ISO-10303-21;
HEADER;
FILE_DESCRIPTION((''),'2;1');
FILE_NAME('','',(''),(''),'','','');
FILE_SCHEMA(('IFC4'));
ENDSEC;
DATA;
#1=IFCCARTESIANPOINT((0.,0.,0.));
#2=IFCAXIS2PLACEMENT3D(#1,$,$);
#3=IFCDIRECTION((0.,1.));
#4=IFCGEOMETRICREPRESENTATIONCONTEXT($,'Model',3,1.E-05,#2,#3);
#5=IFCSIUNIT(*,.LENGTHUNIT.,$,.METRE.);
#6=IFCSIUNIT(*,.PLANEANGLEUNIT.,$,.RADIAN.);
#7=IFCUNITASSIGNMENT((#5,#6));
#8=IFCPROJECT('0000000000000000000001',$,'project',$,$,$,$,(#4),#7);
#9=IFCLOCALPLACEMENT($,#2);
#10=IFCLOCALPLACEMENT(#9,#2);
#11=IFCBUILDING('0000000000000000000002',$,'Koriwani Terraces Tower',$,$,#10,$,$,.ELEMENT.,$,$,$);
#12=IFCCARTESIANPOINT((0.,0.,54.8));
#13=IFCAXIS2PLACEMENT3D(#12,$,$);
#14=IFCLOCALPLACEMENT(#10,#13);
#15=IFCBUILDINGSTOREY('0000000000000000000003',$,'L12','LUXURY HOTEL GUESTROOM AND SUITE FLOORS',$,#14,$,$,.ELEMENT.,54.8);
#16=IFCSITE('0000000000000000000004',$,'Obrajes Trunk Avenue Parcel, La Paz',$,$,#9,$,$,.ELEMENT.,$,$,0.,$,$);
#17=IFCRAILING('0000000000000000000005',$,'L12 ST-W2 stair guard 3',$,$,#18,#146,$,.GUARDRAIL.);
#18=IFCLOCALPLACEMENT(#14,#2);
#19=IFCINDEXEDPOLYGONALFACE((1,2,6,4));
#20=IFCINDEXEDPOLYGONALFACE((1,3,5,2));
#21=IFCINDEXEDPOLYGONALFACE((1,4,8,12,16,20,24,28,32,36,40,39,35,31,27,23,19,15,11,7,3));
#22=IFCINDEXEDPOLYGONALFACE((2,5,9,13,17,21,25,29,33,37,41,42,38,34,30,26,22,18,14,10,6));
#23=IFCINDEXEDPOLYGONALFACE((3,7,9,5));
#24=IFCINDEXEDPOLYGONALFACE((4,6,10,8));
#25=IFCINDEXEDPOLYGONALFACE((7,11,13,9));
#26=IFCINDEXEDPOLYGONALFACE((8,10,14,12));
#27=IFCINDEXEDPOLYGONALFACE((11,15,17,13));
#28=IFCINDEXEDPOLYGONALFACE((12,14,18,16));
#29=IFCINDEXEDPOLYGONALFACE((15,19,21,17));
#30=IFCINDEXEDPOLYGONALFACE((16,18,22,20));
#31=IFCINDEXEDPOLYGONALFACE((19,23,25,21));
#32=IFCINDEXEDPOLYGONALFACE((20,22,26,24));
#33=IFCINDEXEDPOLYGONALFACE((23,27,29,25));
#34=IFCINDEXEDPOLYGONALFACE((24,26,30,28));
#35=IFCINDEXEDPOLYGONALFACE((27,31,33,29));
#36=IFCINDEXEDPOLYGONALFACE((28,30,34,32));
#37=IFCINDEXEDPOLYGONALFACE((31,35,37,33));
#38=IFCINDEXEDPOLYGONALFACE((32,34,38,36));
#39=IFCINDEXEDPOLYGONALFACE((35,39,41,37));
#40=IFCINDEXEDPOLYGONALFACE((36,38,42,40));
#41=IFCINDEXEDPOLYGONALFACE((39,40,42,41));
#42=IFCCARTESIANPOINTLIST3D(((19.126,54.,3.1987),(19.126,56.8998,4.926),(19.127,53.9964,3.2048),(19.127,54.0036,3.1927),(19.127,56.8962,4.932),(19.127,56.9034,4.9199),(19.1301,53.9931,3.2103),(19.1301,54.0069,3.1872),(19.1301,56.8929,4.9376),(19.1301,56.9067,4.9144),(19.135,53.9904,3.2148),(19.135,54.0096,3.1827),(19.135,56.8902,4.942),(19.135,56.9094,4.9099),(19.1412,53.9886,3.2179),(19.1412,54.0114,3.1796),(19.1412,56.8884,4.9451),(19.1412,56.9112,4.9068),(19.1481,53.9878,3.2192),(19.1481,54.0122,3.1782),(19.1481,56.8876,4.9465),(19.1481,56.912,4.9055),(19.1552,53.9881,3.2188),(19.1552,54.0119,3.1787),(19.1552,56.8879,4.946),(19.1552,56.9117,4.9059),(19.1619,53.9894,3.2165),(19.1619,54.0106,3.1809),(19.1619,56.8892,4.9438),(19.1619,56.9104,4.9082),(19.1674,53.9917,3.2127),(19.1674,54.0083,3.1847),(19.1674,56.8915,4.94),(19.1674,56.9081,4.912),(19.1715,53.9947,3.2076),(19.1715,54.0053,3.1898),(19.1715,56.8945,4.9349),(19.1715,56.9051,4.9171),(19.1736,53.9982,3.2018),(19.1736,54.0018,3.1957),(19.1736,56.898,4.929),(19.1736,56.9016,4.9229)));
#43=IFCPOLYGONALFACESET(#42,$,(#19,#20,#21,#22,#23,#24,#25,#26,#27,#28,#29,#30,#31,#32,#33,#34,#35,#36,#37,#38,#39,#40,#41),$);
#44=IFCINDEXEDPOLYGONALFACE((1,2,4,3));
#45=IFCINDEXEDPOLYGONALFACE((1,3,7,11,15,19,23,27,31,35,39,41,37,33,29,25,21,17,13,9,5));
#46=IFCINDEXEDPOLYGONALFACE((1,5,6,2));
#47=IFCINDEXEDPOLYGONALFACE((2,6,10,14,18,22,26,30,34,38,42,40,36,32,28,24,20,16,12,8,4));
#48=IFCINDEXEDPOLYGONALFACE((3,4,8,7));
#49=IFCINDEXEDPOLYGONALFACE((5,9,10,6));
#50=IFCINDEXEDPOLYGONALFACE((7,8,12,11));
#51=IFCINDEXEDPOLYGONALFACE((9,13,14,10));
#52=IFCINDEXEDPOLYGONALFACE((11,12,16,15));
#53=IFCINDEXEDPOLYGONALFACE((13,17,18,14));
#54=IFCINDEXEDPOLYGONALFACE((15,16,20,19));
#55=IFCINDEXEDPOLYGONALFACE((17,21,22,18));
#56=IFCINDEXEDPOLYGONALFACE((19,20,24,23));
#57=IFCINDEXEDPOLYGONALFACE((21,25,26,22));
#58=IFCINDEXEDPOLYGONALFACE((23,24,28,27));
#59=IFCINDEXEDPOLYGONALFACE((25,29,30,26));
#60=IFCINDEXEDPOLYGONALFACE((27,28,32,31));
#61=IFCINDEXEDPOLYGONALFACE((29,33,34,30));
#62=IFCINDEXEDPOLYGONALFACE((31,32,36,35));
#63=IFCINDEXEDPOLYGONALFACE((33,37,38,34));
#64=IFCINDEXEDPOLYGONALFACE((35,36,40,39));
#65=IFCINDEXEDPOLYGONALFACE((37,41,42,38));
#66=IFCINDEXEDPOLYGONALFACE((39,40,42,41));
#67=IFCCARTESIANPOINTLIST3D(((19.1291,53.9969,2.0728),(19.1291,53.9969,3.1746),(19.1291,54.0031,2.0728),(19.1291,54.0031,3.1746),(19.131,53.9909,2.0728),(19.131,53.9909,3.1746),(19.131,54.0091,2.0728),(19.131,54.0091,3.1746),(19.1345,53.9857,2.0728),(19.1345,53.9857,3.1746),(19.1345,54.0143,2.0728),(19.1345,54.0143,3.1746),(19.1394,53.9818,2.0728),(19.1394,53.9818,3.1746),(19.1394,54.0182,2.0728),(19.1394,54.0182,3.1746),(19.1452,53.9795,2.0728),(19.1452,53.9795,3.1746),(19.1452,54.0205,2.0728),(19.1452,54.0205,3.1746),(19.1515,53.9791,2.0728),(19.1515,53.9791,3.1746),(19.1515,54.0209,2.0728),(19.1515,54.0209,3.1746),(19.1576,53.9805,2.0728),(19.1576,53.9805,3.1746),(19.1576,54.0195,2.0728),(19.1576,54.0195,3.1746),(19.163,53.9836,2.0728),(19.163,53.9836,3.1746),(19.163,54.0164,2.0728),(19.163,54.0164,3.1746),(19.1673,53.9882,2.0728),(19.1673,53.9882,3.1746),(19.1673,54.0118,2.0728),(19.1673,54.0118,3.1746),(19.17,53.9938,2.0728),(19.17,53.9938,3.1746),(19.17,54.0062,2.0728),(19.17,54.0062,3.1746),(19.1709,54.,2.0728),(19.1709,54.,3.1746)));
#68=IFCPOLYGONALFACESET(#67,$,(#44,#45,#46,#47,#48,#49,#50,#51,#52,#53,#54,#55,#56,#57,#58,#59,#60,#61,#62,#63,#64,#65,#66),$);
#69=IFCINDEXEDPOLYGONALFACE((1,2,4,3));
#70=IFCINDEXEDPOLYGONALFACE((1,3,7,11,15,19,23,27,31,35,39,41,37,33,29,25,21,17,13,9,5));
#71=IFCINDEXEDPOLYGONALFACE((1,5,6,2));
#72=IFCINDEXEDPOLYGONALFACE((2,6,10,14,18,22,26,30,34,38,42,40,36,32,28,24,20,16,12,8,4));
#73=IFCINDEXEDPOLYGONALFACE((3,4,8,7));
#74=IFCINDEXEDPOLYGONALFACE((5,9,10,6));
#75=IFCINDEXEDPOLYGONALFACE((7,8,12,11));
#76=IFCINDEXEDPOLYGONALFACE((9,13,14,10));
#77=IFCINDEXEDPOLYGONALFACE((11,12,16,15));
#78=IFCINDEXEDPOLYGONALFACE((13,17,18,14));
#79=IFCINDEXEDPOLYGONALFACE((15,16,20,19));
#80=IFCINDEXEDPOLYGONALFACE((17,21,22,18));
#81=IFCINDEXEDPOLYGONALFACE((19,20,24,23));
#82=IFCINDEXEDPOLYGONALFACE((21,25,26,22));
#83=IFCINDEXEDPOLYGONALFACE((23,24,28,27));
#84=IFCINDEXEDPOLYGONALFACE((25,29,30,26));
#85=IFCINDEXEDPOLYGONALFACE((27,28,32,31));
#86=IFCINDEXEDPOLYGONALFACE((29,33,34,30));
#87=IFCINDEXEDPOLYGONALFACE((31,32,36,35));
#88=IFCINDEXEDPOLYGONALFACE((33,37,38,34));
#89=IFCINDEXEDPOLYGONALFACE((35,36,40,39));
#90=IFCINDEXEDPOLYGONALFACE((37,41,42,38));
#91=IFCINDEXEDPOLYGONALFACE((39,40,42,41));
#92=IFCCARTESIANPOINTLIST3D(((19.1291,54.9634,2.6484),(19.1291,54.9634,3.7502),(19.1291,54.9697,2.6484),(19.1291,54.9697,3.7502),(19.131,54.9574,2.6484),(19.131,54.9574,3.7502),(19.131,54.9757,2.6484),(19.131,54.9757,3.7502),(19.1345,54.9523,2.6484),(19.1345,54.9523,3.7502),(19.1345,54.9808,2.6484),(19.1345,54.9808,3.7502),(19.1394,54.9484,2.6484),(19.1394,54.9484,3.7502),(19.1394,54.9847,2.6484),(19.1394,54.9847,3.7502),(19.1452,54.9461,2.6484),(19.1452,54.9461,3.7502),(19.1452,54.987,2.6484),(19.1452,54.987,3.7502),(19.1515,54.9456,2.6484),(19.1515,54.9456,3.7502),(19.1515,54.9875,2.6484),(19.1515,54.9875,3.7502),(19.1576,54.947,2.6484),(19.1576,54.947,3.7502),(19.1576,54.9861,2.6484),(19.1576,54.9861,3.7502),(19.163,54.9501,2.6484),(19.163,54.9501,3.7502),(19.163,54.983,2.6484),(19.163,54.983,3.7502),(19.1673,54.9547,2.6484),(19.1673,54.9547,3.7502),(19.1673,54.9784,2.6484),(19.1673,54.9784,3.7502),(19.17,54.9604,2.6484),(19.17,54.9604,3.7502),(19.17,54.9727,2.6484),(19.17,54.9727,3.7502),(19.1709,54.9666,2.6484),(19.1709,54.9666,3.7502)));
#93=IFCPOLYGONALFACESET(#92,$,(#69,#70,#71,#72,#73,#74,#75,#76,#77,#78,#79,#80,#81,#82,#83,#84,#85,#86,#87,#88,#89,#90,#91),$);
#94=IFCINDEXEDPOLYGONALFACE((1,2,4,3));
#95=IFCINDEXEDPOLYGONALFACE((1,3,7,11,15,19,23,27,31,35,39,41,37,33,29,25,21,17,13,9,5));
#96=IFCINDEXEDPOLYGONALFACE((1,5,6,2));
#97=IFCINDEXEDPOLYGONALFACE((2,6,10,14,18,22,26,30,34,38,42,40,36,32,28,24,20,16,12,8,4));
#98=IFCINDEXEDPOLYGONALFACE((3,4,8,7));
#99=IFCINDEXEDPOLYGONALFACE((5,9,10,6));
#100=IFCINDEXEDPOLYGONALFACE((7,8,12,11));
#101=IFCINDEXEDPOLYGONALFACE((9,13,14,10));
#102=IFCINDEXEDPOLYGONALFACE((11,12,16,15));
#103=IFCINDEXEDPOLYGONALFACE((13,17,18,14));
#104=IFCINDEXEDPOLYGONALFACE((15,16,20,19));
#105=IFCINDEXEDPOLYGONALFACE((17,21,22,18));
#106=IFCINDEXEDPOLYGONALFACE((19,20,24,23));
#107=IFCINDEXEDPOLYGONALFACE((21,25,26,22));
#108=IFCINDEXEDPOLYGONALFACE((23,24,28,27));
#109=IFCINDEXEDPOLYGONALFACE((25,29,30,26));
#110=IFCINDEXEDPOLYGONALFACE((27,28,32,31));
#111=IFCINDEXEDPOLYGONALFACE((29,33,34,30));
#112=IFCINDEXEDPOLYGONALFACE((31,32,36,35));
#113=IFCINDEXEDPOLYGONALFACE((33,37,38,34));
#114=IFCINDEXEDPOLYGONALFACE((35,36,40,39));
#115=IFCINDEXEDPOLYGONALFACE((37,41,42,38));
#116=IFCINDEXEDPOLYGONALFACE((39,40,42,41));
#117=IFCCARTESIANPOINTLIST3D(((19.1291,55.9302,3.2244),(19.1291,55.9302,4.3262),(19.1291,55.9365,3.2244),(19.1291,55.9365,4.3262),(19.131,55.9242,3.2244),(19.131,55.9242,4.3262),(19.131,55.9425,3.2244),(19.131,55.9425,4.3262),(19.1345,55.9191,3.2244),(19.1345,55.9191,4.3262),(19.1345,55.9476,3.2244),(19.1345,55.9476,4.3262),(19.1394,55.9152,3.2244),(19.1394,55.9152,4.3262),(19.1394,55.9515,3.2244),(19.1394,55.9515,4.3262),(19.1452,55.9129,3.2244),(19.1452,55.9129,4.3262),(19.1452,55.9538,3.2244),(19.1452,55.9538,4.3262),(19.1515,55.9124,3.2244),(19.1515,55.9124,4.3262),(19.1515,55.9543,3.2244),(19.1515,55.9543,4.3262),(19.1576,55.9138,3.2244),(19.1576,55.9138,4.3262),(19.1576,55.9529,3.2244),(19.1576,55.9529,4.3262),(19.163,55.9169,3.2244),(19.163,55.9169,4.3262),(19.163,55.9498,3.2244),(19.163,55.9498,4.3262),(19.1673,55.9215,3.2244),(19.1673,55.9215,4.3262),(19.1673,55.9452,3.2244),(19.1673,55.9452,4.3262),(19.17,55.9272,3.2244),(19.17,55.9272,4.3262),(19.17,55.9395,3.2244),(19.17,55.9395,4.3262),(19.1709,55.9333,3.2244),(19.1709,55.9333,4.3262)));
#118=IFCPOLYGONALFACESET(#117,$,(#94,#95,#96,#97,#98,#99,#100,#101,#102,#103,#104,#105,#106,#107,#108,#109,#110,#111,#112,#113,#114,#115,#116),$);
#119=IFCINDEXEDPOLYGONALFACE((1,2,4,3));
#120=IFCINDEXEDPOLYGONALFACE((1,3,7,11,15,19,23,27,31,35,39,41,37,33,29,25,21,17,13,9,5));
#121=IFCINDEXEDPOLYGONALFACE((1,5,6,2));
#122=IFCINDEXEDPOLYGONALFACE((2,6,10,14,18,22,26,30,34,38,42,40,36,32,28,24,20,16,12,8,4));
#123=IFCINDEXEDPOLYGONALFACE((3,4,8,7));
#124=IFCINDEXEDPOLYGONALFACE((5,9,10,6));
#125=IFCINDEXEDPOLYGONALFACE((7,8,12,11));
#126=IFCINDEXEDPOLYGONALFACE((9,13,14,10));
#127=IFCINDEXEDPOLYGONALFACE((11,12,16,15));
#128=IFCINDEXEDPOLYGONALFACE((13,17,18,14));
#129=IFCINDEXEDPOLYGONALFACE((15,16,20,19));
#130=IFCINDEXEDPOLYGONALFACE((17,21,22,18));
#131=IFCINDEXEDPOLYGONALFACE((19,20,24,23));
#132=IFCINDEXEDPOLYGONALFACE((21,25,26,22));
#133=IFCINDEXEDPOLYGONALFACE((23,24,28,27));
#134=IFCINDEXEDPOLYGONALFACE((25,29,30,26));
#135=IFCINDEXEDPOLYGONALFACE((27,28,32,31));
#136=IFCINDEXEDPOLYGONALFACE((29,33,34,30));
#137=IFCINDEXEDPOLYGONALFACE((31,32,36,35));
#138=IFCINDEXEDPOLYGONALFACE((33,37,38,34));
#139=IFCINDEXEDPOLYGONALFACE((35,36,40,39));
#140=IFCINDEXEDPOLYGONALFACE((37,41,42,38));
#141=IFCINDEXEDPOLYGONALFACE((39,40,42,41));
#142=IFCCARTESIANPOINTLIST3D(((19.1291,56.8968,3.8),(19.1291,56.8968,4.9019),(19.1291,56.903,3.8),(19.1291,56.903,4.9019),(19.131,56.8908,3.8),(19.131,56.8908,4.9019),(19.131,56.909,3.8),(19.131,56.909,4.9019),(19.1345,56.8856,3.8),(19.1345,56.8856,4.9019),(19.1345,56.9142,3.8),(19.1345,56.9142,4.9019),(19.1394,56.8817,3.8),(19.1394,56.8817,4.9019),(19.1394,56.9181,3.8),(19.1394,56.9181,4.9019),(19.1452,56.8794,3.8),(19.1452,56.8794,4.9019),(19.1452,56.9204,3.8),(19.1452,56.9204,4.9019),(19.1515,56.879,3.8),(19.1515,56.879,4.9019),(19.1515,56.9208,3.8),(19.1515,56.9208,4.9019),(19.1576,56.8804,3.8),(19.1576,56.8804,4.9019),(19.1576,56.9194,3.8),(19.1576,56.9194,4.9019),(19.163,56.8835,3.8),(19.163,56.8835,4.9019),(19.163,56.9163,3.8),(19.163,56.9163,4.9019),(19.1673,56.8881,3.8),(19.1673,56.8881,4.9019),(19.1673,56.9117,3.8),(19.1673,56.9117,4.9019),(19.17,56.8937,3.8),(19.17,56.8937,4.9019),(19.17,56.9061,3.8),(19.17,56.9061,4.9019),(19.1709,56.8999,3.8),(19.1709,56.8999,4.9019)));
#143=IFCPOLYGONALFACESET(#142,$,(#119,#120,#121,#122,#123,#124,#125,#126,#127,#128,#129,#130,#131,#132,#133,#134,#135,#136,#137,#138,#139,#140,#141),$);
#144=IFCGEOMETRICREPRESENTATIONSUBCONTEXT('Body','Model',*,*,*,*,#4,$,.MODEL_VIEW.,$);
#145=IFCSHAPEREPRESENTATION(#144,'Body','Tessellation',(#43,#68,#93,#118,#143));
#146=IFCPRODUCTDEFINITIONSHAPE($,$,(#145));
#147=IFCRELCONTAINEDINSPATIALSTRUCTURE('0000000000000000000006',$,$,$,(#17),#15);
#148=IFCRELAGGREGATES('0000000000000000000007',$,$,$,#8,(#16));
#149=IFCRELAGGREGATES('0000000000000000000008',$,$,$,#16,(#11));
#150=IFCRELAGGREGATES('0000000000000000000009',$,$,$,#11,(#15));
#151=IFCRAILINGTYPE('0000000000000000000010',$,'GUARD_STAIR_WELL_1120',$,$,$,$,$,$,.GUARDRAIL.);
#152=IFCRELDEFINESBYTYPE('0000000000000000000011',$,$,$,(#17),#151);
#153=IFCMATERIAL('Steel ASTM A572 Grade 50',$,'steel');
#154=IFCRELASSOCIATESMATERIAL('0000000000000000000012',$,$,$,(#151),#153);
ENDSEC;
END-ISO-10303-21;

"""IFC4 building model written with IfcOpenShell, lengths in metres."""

from ifc_helpers import new_model, si_unit, direction, frame, origin, origin_2d, place, context, subcontext, project, spatial, circle, extrude, material, type_object, element, save


model = new_model("IFC4")

# Units and contexts
model_context = context("Model", 3, precision=1e-05, world=origin(), true_north=direction((0.0, 1.0)))
body_context = subcontext(model_context, "Body", "Model", "MODEL_VIEW")
ifc_project = project(units=[si_unit("LENGTHUNIT", "METRE"), si_unit("PLANEANGLEUNIT", "RADIAN")], contexts=[model_context])

# Site, building, storey
site_placement = place(None, origin())
site = spatial("IfcSite", under=ifc_project, at=site_placement, Name="Obrajes Trunk Avenue Parcel, La Paz", CompositionType="ELEMENT", RefElevation=0.0)
building_placement = place(site_placement, origin())
building = spatial("IfcBuilding", under=site, at=building_placement, Name="Koriwani Terraces Tower", CompositionType="ELEMENT")
storey_placement = place(building_placement, frame((0.0, 0.0, 54.8)))
storey = spatial("IfcBuildingStorey", under=building, at=storey_placement, Name="L12", Description="LUXURY HOTEL GUESTROOM AND SUITE FLOORS", CompositionType="ELEMENT", Elevation=54.8)

# Shared definitions
ifc_material_1 = material(Name="Steel ASTM A572 Grade 50", Category="steel")

# Railing
railing_type_1 = type_object("IfcRailingType", Name="GUARD_STAIR_WELL_1120", PredefinedType="GUARDRAIL", material=ifc_material_1)
railing_1_placement = place(storey_placement, frame((19.1499, 54.0, 2.0728)))
element("IfcRailing", 1, at=railing_1_placement, inside=storey, type_object=railing_type_1, Name="L12 ST-W2 stair guard 3", PredefinedType="GUARDRAIL", context=body_context, shape_type="SweptSolid", body=[
    extrude(circle(Radius=0.0239, at=origin_2d()), frame((0.0, 0.0, 1.126), z_axis=(0.0, 0.859141, 0.511738), x_axis=(-1.0, 0.0, 0.0)), (0.0, 0.0, 1.0), 3.3752),
    extrude(circle(Radius=0.021, at=origin_2d()), origin(), (0.0, 0.0, 1.0), 1.1018),
    extrude(circle(Radius=0.021, at=origin_2d()), frame((0.0, 0.9666, 0.5757)), (0.0, 0.0, 1.0), 1.1018),
    extrude(circle(Radius=0.021, at=origin_2d()), frame((0.0, 1.9333, 1.1516)), (0.0, 0.0, 1.0), 1.1018),
    extrude(circle(Radius=0.021, at=origin_2d()), frame((0.0, 2.8999, 1.7273)), (0.0, 0.0, 1.0), 1.1018),
])

save(model, "model.ifc")
